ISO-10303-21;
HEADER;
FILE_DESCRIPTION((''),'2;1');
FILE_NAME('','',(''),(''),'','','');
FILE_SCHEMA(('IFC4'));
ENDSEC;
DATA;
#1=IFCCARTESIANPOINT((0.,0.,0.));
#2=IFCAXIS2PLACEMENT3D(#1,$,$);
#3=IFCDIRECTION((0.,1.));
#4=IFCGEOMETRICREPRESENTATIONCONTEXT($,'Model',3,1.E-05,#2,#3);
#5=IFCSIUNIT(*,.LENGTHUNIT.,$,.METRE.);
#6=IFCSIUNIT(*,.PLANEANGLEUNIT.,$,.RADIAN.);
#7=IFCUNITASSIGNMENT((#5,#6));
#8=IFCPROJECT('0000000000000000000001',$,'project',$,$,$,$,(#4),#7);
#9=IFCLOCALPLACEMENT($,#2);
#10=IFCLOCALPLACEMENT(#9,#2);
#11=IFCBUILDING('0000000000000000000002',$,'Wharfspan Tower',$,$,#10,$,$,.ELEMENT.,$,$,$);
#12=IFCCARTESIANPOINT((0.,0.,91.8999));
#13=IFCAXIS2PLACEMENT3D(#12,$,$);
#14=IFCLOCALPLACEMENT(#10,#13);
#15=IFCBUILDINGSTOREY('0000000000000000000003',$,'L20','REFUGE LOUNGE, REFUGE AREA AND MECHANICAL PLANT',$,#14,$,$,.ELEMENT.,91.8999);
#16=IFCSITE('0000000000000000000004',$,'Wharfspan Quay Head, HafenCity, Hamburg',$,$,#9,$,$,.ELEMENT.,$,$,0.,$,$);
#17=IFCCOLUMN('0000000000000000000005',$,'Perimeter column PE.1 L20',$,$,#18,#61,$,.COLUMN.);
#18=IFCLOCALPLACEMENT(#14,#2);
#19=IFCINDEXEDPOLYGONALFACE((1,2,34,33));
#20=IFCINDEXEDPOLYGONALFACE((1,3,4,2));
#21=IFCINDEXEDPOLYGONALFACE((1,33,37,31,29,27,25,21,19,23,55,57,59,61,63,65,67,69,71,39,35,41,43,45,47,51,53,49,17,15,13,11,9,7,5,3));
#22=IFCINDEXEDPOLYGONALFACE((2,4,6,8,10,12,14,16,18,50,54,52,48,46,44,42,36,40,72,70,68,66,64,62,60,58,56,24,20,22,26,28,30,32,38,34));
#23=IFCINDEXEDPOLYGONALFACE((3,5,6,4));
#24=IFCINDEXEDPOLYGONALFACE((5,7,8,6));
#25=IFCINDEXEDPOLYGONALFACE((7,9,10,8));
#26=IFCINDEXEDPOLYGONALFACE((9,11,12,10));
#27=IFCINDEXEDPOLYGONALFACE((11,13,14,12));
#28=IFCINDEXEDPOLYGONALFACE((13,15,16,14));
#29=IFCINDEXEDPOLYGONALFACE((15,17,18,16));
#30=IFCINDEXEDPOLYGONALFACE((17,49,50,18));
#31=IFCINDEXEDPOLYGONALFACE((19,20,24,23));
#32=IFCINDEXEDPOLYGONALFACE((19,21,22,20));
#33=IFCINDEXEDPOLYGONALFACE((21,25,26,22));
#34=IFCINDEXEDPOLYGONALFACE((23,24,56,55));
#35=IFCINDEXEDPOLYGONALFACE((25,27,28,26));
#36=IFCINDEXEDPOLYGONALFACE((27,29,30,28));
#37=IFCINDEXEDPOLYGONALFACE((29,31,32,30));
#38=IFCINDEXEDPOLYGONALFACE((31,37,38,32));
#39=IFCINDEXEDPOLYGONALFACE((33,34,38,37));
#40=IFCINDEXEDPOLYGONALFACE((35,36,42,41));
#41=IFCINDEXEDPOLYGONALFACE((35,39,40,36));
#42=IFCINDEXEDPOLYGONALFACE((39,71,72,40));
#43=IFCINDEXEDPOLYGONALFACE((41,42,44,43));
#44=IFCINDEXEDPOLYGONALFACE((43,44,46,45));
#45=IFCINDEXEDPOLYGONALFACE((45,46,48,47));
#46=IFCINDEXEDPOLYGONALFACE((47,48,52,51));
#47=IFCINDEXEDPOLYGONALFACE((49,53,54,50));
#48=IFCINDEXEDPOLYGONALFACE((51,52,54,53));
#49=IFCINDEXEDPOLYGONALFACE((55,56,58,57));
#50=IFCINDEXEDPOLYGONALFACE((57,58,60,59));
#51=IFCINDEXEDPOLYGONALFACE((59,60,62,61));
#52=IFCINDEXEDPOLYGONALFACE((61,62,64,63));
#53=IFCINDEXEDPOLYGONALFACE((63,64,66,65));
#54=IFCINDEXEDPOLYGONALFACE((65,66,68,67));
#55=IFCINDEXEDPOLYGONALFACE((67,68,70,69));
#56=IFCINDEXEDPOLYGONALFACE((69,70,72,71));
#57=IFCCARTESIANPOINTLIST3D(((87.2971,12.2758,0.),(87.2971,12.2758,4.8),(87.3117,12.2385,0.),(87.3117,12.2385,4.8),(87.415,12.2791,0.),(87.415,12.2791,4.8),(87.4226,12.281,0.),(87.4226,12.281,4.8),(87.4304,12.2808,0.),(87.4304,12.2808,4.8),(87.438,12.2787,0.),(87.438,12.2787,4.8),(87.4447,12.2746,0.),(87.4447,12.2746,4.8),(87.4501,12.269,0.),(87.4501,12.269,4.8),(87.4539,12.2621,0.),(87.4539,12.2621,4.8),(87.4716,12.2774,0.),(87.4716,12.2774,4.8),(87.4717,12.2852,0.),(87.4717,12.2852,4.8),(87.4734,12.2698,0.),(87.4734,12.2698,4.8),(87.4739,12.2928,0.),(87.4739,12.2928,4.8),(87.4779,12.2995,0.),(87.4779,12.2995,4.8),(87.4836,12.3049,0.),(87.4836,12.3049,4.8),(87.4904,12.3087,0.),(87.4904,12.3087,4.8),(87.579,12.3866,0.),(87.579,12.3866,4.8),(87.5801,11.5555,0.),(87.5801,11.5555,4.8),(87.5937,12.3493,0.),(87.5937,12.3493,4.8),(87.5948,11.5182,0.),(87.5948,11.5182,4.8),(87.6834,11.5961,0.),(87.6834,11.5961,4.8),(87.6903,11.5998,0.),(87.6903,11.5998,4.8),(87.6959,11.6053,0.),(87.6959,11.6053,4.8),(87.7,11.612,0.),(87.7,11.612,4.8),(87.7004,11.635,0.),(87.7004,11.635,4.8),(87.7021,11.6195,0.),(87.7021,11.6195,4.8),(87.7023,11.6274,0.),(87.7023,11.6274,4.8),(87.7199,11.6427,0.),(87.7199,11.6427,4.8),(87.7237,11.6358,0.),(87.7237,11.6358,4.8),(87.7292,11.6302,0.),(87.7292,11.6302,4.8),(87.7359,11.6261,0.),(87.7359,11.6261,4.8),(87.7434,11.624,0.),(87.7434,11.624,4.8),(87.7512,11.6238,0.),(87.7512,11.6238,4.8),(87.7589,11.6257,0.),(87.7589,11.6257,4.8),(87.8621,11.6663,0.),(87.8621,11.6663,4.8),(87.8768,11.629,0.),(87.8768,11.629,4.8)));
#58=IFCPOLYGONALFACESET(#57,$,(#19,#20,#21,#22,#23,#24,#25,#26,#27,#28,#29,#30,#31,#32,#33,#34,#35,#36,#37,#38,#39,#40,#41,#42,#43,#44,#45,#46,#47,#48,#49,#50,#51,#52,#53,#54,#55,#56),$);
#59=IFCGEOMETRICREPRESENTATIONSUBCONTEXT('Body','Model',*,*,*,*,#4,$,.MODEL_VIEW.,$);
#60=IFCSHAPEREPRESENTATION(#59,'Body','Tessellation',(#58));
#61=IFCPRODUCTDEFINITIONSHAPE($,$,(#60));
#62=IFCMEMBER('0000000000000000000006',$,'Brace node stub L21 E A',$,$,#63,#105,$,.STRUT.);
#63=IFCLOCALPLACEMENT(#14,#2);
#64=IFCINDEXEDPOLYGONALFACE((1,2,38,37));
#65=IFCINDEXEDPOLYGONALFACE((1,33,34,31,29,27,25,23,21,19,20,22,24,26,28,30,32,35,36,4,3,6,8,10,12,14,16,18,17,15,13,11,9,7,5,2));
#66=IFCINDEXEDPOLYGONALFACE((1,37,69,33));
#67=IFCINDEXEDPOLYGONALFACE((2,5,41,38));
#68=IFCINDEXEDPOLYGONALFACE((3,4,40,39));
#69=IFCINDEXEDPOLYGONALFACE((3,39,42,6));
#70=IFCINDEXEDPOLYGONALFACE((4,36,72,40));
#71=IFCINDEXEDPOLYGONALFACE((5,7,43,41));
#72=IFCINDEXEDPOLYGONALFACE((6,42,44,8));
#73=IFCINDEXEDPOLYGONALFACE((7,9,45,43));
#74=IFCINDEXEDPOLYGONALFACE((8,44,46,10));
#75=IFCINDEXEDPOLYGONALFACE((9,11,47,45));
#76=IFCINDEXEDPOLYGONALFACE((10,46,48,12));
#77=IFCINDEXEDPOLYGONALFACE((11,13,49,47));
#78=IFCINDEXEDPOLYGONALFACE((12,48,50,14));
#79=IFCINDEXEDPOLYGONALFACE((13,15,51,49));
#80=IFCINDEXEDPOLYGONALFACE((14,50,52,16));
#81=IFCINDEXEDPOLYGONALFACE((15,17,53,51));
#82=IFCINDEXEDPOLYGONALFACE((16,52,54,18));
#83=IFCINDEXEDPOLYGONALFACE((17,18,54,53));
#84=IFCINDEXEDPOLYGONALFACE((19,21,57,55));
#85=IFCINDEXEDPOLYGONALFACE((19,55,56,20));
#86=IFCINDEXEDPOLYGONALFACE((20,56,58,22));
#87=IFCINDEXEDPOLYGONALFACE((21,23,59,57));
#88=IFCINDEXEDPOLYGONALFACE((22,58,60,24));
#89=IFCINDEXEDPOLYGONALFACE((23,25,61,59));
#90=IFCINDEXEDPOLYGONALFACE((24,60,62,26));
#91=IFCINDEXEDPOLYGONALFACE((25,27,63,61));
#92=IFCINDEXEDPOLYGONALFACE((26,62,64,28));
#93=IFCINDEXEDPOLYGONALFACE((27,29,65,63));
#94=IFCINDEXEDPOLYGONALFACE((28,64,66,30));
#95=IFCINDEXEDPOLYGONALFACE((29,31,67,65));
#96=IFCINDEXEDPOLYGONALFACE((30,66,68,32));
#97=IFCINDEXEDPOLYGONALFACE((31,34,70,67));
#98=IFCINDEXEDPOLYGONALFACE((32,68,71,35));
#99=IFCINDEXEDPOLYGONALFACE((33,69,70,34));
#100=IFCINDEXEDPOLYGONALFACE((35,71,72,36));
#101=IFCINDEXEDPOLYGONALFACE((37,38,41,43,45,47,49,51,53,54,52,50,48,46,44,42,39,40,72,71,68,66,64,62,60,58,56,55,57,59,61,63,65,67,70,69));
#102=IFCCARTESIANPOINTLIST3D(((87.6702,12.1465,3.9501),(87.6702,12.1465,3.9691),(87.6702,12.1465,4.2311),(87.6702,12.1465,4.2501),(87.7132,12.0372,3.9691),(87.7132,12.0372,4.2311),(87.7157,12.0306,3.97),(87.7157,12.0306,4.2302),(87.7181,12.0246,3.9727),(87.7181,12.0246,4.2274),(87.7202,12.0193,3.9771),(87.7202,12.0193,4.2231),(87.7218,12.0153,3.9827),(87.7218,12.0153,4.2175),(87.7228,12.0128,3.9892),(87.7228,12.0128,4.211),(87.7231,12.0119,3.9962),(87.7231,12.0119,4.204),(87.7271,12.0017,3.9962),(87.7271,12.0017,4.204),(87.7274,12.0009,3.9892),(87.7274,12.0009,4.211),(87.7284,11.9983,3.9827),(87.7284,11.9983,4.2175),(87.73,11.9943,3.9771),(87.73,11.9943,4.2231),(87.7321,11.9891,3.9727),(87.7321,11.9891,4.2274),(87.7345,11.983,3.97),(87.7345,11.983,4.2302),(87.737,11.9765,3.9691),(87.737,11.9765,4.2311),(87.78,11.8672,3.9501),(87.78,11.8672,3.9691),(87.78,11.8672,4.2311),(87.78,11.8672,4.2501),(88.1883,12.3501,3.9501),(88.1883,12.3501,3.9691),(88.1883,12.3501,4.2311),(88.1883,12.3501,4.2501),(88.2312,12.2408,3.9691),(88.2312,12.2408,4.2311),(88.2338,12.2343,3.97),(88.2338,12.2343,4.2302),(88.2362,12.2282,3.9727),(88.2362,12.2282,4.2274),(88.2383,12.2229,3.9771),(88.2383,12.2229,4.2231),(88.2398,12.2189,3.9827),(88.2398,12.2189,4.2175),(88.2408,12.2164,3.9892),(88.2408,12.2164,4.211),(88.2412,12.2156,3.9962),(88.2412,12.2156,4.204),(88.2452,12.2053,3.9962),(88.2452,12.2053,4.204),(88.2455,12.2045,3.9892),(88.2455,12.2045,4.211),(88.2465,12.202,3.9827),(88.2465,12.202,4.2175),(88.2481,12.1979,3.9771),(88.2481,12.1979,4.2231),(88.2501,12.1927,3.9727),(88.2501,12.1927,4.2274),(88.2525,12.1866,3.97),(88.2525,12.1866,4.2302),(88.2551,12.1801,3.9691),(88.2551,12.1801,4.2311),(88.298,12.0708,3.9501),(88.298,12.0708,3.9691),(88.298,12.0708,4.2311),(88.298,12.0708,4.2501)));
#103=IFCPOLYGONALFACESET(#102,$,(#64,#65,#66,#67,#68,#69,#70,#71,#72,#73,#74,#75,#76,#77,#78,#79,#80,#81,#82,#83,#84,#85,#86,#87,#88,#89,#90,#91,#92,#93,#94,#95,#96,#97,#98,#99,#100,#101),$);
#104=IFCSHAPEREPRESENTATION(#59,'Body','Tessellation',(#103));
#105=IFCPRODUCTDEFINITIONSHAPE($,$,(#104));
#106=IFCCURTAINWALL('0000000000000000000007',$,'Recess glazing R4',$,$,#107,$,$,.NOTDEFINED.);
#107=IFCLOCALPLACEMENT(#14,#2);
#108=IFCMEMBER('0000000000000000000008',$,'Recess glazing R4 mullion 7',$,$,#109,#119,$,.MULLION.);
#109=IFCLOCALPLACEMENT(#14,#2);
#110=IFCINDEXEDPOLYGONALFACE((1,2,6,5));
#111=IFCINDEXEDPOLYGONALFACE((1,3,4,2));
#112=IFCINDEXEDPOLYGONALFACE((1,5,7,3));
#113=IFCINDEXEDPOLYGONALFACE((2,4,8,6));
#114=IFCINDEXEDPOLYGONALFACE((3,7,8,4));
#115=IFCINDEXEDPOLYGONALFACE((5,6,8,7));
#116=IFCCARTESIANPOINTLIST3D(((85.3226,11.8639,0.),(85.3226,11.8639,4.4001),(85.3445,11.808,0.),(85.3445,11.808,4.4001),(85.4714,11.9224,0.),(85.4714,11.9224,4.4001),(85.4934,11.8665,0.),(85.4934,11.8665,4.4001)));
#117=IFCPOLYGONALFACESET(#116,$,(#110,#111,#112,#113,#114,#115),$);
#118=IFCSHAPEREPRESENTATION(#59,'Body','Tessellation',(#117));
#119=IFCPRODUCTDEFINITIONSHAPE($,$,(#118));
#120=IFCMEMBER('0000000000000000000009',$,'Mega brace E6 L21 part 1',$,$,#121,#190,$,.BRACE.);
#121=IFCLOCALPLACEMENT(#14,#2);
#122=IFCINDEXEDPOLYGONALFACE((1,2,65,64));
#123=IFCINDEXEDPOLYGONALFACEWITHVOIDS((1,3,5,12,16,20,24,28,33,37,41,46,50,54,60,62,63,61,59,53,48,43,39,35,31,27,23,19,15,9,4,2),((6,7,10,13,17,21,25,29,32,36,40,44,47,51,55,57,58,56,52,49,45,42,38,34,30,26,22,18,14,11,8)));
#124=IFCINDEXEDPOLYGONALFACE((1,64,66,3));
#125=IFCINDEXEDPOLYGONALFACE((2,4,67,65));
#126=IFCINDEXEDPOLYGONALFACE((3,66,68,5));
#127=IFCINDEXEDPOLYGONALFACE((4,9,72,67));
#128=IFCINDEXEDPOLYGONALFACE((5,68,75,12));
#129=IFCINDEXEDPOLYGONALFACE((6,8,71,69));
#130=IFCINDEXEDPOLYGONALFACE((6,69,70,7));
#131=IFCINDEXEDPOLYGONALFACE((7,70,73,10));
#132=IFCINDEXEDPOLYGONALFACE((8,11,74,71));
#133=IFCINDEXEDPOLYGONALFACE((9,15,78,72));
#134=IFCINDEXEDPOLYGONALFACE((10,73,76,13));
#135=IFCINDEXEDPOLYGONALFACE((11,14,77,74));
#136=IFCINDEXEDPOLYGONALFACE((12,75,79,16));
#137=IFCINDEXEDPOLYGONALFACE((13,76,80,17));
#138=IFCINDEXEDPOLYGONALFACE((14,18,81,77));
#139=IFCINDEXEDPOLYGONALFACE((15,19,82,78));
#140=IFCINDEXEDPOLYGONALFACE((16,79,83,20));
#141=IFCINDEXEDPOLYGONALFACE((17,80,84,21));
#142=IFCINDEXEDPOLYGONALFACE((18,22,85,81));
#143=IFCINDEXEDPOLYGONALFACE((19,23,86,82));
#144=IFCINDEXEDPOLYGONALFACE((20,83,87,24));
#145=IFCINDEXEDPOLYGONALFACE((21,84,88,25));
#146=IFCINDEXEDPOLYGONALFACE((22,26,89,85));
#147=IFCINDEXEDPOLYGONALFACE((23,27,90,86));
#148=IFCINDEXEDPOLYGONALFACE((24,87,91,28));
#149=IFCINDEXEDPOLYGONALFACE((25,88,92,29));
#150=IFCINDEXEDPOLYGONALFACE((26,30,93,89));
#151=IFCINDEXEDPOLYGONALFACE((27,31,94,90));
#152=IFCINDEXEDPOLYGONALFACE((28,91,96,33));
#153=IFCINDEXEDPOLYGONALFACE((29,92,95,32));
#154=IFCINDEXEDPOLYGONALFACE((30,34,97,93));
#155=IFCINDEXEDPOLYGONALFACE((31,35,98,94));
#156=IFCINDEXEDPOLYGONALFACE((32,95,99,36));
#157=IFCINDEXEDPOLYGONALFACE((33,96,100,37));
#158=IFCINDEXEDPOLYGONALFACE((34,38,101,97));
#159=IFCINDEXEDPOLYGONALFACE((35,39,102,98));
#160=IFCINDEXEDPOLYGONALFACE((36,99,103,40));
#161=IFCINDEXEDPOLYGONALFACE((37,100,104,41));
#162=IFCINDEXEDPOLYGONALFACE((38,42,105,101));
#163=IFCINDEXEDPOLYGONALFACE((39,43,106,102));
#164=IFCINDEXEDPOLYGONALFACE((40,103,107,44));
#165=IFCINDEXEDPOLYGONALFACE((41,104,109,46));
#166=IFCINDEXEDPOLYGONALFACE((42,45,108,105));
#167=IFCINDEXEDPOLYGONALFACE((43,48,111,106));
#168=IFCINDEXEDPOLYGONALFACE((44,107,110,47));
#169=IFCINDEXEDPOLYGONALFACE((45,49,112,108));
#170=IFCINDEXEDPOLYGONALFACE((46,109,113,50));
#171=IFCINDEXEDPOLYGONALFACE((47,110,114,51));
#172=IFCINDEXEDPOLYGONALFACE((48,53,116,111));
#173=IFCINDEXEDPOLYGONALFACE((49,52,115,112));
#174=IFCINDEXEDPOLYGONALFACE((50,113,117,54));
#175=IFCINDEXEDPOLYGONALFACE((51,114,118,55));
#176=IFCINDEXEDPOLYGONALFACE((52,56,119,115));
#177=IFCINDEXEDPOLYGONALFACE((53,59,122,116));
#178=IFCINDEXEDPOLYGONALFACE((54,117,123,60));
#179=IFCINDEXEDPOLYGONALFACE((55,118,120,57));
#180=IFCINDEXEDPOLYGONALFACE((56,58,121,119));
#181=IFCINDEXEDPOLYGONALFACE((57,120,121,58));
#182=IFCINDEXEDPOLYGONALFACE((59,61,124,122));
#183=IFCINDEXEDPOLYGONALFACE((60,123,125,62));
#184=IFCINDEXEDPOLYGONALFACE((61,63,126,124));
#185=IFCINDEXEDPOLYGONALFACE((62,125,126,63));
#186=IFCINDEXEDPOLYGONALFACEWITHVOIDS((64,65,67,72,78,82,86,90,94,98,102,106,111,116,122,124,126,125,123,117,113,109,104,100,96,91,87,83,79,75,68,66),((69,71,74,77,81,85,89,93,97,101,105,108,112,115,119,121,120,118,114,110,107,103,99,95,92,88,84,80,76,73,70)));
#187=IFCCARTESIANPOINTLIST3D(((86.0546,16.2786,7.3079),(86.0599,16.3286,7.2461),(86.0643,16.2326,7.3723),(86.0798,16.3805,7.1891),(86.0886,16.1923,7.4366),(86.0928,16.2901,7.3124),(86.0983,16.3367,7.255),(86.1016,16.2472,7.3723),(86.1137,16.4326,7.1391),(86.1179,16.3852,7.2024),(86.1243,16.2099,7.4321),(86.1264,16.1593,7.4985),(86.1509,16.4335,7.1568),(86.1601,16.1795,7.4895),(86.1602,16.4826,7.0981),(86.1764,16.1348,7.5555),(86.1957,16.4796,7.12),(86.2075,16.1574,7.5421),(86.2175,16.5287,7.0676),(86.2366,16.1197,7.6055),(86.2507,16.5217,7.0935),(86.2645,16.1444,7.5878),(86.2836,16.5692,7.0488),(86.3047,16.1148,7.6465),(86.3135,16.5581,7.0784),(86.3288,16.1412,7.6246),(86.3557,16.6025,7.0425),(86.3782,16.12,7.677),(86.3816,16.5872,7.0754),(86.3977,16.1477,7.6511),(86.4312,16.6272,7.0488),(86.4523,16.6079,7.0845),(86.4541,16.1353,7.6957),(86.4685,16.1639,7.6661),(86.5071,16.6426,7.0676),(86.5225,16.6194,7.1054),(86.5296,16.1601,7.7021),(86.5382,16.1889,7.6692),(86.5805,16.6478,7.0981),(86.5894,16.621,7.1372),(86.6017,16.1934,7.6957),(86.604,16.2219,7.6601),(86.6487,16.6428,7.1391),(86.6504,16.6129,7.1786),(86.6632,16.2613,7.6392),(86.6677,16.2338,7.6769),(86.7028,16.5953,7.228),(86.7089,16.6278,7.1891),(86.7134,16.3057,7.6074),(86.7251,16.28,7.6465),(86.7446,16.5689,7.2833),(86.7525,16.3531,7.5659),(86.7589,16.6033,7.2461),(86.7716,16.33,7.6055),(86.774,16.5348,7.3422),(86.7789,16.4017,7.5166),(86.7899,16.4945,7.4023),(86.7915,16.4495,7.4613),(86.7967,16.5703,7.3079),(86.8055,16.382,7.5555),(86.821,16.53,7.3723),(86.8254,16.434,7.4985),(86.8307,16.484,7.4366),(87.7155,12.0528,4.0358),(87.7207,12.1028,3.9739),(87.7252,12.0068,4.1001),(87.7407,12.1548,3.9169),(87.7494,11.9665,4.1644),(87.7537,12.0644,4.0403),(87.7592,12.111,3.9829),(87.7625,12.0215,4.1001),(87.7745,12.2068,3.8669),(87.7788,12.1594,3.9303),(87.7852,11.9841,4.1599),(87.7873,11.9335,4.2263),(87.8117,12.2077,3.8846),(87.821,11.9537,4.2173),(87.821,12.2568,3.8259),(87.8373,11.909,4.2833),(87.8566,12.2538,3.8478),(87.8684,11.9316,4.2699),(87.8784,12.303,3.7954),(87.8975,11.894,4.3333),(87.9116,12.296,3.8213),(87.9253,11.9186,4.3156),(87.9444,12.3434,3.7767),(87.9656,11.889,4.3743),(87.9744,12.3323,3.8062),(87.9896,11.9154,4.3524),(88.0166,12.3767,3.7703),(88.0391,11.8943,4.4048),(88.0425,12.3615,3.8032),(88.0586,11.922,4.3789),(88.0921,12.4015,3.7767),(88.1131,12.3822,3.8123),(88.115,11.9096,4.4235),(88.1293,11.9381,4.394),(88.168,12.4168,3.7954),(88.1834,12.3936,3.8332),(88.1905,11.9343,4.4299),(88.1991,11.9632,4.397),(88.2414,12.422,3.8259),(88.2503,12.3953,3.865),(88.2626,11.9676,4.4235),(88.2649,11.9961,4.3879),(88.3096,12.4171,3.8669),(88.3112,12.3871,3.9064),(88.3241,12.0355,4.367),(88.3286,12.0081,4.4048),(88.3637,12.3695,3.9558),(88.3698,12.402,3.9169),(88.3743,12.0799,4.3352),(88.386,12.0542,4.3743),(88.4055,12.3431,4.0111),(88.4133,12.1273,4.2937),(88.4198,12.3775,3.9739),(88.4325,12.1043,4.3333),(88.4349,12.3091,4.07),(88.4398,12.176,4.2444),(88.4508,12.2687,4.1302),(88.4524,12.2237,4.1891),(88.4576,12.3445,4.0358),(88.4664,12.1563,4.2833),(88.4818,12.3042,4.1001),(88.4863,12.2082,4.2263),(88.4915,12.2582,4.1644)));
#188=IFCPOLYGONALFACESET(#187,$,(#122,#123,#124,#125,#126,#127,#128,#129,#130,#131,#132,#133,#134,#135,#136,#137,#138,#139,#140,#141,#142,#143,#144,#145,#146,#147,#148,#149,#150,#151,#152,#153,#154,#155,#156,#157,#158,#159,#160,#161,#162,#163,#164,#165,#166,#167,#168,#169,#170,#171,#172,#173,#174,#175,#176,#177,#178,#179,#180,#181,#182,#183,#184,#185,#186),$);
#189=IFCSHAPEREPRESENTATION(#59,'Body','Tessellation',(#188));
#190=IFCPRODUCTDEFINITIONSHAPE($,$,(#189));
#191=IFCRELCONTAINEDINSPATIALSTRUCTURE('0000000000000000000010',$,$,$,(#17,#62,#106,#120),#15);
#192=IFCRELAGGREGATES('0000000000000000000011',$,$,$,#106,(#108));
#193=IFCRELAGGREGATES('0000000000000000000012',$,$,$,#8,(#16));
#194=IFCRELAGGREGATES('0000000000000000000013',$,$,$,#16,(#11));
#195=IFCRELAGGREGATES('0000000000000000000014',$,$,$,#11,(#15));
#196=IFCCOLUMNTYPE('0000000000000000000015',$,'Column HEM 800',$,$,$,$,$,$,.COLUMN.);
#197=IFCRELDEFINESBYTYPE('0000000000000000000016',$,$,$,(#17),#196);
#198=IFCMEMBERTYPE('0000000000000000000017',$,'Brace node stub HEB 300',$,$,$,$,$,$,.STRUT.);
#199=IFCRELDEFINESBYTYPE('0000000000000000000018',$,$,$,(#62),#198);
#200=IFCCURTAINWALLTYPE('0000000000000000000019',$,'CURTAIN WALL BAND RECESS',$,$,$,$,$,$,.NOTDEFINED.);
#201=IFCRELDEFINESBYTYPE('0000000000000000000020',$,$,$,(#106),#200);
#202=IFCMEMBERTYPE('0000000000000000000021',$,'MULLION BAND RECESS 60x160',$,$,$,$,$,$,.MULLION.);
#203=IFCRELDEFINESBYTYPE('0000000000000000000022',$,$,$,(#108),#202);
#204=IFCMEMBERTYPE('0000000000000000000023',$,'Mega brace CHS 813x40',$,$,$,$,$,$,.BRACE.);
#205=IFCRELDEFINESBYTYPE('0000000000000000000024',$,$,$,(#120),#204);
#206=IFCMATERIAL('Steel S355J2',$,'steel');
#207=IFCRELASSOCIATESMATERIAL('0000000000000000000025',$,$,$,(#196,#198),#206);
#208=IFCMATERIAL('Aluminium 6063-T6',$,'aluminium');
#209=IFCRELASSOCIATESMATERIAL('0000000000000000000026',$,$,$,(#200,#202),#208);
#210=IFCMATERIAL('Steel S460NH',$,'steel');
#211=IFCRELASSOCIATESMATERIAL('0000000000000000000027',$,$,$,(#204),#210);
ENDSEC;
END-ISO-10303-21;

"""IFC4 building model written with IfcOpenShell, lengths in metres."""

from ifc_helpers import new_model, si_unit, direction, frame, origin, origin_2d, place, context, subcontext, project, spatial, rectangle, hollow_circle, i_section, extrude, material, material_profile, profile_set, type_object, element, aggregate, save


model = new_model("IFC4")

# Units and contexts
model_context = context("Model", 3, precision=1e-05, world=origin(), true_north=direction((0.0, 1.0)))
body_context = subcontext(model_context, "Body", "Model", "MODEL_VIEW")
ifc_project = project(units=[si_unit("LENGTHUNIT", "METRE"), si_unit("PLANEANGLEUNIT", "RADIAN")], contexts=[model_context])

# Site, building, storey
site_placement = place(None, origin())
site = spatial("IfcSite", under=ifc_project, at=site_placement, Name="Wharfspan Quay Head, HafenCity, Hamburg", CompositionType="ELEMENT", RefElevation=0.0)
building_placement = place(site_placement, origin())
building = spatial("IfcBuilding", under=site, at=building_placement, Name="Wharfspan Tower", CompositionType="ELEMENT")
storey_placement = place(building_placement, frame((0.0, 0.0, 91.8999)))
storey = spatial("IfcBuildingStorey", under=building, at=storey_placement, Name="L20", Description="REFUGE LOUNGE, REFUGE AREA AND MECHANICAL PLANT", CompositionType="ELEMENT", Elevation=91.8999)

# Column
ifc_material_1 = material(Name="Steel S355J2", Category="steel")
ifc_material_profile_1 = material_profile(ifc_material_1, i_section(OverallWidth=0.303, OverallDepth=0.814, WebThickness=0.021, FlangeThickness=0.04, FilletRadius=0.03, at=origin_2d()))
ifc_profile_set_1 = profile_set([ifc_material_profile_1], Name="Steel S355J2")
column_type = type_object("IfcColumnType", Name="Column HEM 800", PredefinedType="COLUMN", material=ifc_profile_set_1)
column_placement = place(storey_placement, frame((87.5869, 11.9524, 0.0), z_axis=(0.0, 0.0, 1.0), x_axis=(0.930702, 0.365778, 0.0)))
element("IfcColumn", 1, at=column_placement, inside=storey, type_object=column_type, Name="Perimeter column PE.1 L20", PredefinedType="COLUMN", context=body_context, shape_type="SweptSolid", body=[
    extrude(i_section(OverallWidth=0.303, OverallDepth=0.814, WebThickness=0.021, FlangeThickness=0.04, FilletRadius=0.03, at=origin_2d()), origin(), (0.0, 0.0, 1.0), 4.8),
])

# Member
ifc_material_profile_2 = material_profile(ifc_material_1, i_section(OverallWidth=0.3, OverallDepth=0.3, WebThickness=0.011, FlangeThickness=0.019, FilletRadius=0.0271, at=origin_2d()))
ifc_profile_set_2 = profile_set([ifc_material_profile_2], Name="Steel S355J2")
member_type_1 = type_object("IfcMemberType", Name="Brace node stub HEB 300", PredefinedType="STRUT", material=ifc_profile_set_2)
member_1_placement = place(storey_placement, frame((87.7251, 12.0068, 4.1001), z_axis=(0.930698, 0.365788, 0.0), x_axis=(-0.365788, 0.930698, 0.0)))
element("IfcMember", 2, at=member_1_placement, inside=storey, type_object=member_type_1, Name="Brace node stub L21 E A", PredefinedType="STRUT", context=body_context, shape_type="SweptSolid", body=[
    extrude(i_section(OverallWidth=0.3, OverallDepth=0.3, WebThickness=0.011, FlangeThickness=0.019, FilletRadius=0.0271, at=origin_2d()), origin(), (0.0, 0.0, 1.0), 0.5566),
])

# Curtain wall, member
ifc_material_2 = material(Name="Aluminium 6063-T6", Category="aluminium")
curtain_wall_type = type_object("IfcCurtainWallType", Name="CURTAIN WALL BAND RECESS", PredefinedType="NOTDEFINED", material=ifc_material_2)
curtain_wall_placement = place(storey_placement, origin())
curtain_wall = element("IfcCurtainWall", 3, at=curtain_wall_placement, inside=storey, type_object=curtain_wall_type, Name="Recess glazing R4", PredefinedType="NOTDEFINED")
ifc_material_profile_3 = material_profile(ifc_material_2, rectangle(XDim=0.1599, YDim=0.0601, at=origin_2d()))
ifc_profile_set_3 = profile_set([ifc_material_profile_3], Name="Aluminium 6063-T6")
member_type_2 = type_object("IfcMemberType", Name="MULLION BAND RECESS 60x160", PredefinedType="MULLION", material=ifc_profile_set_3)
member_2_placement = place(storey_placement, frame((85.408, 11.8652, 0.0), z_axis=(0.0, 0.0, 1.0), x_axis=(0.930702, 0.365778, 0.0)))
member_2 = element("IfcMember", 4, at=member_2_placement, type_object=member_type_2, Name="Recess glazing R4 mullion 7", PredefinedType="MULLION", context=body_context, shape_type="SweptSolid", body=[
    extrude(rectangle(XDim=0.1599, YDim=0.0601, at=origin_2d()), origin(), (0.0, 0.0, 1.0), 4.4001),
])

# Member
ifc_material_3 = material(Name="Steel S460NH", Category="steel")
ifc_material_profile_4 = material_profile(ifc_material_3, hollow_circle(Radius=0.4065, WallThickness=0.04, at=origin_2d()))
ifc_profile_set_4 = profile_set([ifc_material_profile_4], Name="Steel S460NH")
member_type_3 = type_object("IfcMemberType", Name="Mega brace CHS 813x40", PredefinedType="BRACE", material=ifc_profile_set_4)
member_3_placement = place(storey_placement, frame((88.1035, 12.1555, 4.1001), z_axis=(-0.29676, 0.755051, 0.584664), x_axis=(-0.930695, -0.365797, 0.000004)))
element("IfcMember", 5, at=member_3_placement, inside=storey, type_object=member_type_3, Name="Mega brace E6 L21 part 1", PredefinedType="BRACE", context=body_context, shape_type="SweptSolid", body=[
    extrude(hollow_circle(Radius=0.4065, WallThickness=0.04, at=origin_2d()), origin(), (0.0, 0.0, 1.0), 5.5967),
])
aggregate(curtain_wall, [member_2])

save(model, "model.ifc")
